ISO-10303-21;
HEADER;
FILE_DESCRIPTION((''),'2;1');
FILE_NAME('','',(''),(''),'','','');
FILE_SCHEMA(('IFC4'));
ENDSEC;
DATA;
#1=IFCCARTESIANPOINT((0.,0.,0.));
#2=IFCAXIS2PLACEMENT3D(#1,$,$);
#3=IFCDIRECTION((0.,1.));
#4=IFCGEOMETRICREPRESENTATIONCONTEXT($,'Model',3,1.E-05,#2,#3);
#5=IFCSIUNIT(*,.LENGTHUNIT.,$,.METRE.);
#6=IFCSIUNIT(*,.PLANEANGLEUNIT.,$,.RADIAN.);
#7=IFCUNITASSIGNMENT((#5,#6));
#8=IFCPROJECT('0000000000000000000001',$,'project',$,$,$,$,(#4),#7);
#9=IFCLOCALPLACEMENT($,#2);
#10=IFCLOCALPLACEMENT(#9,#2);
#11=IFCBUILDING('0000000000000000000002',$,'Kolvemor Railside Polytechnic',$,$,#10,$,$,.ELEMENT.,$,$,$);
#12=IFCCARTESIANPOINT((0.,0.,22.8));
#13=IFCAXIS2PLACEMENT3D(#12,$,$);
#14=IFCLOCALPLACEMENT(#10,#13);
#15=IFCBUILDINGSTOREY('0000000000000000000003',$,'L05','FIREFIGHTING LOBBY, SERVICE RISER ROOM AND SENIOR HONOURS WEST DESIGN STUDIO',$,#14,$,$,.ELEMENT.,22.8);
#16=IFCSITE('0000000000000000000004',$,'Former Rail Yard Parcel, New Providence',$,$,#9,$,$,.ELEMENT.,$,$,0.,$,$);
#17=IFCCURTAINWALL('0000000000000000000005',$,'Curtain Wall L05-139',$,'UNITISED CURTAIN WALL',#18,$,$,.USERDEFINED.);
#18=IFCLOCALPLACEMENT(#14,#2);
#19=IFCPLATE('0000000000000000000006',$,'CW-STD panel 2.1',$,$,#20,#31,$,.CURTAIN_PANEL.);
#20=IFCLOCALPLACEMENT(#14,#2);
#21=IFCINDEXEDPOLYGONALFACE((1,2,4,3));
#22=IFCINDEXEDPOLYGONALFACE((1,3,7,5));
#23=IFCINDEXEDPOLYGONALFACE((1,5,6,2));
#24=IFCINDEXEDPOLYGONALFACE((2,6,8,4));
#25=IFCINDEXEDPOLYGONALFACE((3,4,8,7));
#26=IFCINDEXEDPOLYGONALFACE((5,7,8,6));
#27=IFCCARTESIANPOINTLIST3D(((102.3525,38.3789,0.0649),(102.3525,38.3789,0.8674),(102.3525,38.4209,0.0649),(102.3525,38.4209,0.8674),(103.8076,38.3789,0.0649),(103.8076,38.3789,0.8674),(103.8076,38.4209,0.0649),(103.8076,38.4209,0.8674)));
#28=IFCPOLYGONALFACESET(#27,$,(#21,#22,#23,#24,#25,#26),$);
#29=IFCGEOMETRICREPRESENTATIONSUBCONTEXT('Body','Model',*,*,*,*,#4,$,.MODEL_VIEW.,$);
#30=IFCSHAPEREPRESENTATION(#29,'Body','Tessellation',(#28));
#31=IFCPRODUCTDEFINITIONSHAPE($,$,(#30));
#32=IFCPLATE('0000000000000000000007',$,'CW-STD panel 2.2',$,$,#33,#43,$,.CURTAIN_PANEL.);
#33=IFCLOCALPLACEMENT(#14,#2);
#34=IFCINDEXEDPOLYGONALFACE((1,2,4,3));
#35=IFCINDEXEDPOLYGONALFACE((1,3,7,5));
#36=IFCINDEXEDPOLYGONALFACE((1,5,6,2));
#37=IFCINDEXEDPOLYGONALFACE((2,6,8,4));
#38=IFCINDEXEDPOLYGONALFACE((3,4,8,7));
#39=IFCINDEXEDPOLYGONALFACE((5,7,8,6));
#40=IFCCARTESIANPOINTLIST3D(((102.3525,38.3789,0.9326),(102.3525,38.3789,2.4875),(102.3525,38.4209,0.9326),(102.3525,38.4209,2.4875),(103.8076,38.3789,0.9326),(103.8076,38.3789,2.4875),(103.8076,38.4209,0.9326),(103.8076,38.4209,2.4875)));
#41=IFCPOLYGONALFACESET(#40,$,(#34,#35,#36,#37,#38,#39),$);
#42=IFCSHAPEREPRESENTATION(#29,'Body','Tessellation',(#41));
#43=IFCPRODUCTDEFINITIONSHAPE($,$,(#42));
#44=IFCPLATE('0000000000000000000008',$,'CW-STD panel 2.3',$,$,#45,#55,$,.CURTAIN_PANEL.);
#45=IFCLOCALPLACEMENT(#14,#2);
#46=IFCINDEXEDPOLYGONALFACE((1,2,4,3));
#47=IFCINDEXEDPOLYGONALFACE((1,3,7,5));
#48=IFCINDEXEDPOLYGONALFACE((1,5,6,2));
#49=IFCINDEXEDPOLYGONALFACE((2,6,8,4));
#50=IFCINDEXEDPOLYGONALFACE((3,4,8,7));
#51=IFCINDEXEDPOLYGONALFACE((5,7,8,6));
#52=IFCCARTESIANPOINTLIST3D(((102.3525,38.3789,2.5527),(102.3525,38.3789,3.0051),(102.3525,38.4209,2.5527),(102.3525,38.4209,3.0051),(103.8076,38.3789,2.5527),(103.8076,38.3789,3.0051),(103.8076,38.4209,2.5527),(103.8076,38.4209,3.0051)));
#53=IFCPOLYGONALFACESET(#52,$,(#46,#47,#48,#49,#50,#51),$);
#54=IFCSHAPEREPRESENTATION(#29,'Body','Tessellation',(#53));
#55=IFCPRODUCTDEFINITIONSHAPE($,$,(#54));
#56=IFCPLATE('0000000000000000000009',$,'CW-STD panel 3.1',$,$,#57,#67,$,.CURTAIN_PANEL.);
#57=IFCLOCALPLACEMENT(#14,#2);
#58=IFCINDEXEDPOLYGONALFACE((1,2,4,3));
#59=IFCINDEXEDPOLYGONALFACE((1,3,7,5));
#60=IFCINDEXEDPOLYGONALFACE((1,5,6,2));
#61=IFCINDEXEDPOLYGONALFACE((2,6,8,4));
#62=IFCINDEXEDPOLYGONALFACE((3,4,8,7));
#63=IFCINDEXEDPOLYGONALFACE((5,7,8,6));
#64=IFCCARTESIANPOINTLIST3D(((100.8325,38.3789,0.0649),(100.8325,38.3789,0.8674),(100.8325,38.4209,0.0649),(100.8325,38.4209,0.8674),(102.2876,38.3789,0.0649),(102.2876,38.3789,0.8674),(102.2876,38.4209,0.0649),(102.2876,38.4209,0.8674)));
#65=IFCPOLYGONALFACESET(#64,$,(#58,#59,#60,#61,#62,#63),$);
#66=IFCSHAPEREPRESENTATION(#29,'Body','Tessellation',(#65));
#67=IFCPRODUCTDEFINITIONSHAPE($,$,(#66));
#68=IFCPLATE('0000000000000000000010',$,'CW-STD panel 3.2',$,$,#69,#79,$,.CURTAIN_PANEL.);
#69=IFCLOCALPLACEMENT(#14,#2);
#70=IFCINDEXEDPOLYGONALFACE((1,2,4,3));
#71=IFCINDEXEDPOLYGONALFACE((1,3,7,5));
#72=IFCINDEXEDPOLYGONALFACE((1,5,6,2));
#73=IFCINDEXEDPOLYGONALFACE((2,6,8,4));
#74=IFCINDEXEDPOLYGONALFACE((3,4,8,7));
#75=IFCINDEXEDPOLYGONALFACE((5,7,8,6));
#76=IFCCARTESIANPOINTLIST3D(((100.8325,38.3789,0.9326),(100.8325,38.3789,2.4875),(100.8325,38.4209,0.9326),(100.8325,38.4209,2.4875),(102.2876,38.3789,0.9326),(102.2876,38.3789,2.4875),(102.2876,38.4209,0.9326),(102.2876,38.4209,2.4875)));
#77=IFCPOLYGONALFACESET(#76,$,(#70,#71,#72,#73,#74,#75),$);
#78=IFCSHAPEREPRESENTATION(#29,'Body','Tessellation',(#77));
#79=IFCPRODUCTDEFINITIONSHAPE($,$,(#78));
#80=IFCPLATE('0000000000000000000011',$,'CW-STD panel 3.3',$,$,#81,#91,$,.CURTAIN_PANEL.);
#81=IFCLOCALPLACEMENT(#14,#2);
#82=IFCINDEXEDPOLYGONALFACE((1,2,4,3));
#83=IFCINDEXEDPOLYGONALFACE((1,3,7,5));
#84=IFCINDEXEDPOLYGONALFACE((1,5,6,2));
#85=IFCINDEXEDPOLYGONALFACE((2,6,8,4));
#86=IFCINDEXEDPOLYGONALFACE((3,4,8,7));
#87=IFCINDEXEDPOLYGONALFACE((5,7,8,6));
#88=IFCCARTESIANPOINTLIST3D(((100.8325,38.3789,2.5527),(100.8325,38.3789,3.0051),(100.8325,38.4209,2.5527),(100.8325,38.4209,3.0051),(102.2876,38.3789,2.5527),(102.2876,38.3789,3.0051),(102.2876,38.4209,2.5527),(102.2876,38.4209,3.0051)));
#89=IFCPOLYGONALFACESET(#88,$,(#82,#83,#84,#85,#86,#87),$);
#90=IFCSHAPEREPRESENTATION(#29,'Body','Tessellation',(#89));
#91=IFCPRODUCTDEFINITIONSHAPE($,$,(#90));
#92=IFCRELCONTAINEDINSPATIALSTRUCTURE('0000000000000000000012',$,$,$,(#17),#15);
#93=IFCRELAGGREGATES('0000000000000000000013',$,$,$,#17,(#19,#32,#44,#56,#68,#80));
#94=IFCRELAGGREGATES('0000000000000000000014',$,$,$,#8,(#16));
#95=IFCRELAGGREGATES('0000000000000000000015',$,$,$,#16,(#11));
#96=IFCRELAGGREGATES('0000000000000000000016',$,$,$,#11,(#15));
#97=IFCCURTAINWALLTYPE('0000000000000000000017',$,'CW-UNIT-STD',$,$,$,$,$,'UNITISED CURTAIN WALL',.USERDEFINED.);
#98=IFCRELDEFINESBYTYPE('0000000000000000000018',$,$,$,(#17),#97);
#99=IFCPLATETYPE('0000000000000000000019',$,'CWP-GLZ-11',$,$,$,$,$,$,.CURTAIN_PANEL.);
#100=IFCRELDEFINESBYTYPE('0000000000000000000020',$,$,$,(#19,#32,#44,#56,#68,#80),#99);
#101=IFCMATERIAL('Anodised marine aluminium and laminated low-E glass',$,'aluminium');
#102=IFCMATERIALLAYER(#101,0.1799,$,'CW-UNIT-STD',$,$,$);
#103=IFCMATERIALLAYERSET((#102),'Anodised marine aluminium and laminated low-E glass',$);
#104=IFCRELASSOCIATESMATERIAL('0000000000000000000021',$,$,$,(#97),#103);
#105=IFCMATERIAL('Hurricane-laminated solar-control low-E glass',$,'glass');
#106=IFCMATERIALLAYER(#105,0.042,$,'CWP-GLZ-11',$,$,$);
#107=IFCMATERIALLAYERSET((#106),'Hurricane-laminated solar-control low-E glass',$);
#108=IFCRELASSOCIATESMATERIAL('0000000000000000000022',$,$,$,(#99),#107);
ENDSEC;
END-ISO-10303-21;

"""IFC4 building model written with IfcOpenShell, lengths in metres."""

from ifc_helpers import new_model, si_unit, direction, frame, origin, origin_2d, place, context, subcontext, project, spatial, rectangle, extrude, material, layer, layer_set, type_object, element, aggregate, save


model = new_model("IFC4")

# Units and contexts
model_context = context("Model", 3, precision=1e-05, world=origin(), true_north=direction((0.0, 1.0)))
body_context = subcontext(model_context, "Body", "Model", "MODEL_VIEW")
ifc_project = project(units=[si_unit("LENGTHUNIT", "METRE"), si_unit("PLANEANGLEUNIT", "RADIAN")], contexts=[model_context])

# Site, building, storey
site_placement = place(None, origin())
site = spatial("IfcSite", under=ifc_project, at=site_placement, Name="Former Rail Yard Parcel, New Providence", CompositionType="ELEMENT", RefElevation=0.0)
building_placement = place(site_placement, origin())
building = spatial("IfcBuilding", under=site, at=building_placement, Name="Kolvemor Railside Polytechnic", CompositionType="ELEMENT")
storey_placement = place(building_placement, frame((0.0, 0.0, 22.8)))
storey = spatial("IfcBuildingStorey", under=building, at=storey_placement, Name="L05", Description="FIREFIGHTING LOBBY, SERVICE RISER ROOM AND SENIOR HONOURS WEST DESIGN STUDIO", CompositionType="ELEMENT", Elevation=22.8)

# Curtain wall, plates
ifc_material_1 = material(Name="Anodised marine aluminium and laminated low-E glass", Category="aluminium")
ifc_layer_1 = layer(ifc_material_1, 0.1799, Name="CW-UNIT-STD")
ifc_layer_set_1 = layer_set([ifc_layer_1], Name="Anodised marine aluminium and laminated low-E glass")
curtain_wall_type = type_object("IfcCurtainWallType", Name="CW-UNIT-STD", ElementType="UNITISED CURTAIN WALL", PredefinedType="USERDEFINED", material=ifc_layer_set_1)
curtain_wall_placement = place(storey_placement, origin())
curtain_wall = element("IfcCurtainWall", 1, at=curtain_wall_placement, inside=storey, type_object=curtain_wall_type, Name="Curtain Wall L05-139", ObjectType="UNITISED CURTAIN WALL", PredefinedType="USERDEFINED")
ifc_material_2 = material(Name="Hurricane-laminated solar-control low-E glass", Category="glass")
ifc_layer_2 = layer(ifc_material_2, 0.042, Name="CWP-GLZ-11")
ifc_layer_set_2 = layer_set([ifc_layer_2], Name="Hurricane-laminated solar-control low-E glass")
plate_type = type_object("IfcPlateType", Name="CWP-GLZ-11", PredefinedType="CURTAIN_PANEL", material=ifc_layer_set_2)
plate_1_placement = place(storey_placement, frame((103.0801, 38.3999, 0.0649), z_axis=(0.0, 0.0, 1.0), x_axis=(-1.0, 0.0, 0.0)))
plate_1 = element("IfcPlate", 2, at=plate_1_placement, type_object=plate_type, Name="CW-STD panel 2.1", PredefinedType="CURTAIN_PANEL", context=body_context, shape_type="SweptSolid", body=[
    extrude(rectangle(XDim=1.4551, YDim=0.042, at=origin_2d()), origin(), (0.0, 0.0, 1.0), 0.8025),
])
plate_2_placement = place(storey_placement, frame((103.0801, 38.3999, 0.9326), z_axis=(0.0, 0.0, 1.0), x_axis=(-1.0, 0.0, 0.0)))
plate_2 = element("IfcPlate", 3, at=plate_2_placement, type_object=plate_type, Name="CW-STD panel 2.2", PredefinedType="CURTAIN_PANEL", context=body_context, shape_type="SweptSolid", body=[
    extrude(rectangle(XDim=1.4551, YDim=0.042, at=origin_2d()), origin(), (0.0, 0.0, 1.0), 1.5549),
])
plate_3_placement = place(storey_placement, frame((103.0801, 38.3999, 2.5527), z_axis=(0.0, 0.0, 1.0), x_axis=(-1.0, 0.0, 0.0)))
plate_3 = element("IfcPlate", 4, at=plate_3_placement, type_object=plate_type, Name="CW-STD panel 2.3", PredefinedType="CURTAIN_PANEL", context=body_context, shape_type="SweptSolid", body=[
    extrude(rectangle(XDim=1.4551, YDim=0.042, at=origin_2d()), origin(), (0.0, 0.0, 1.0), 0.4524),
])
plate_4_placement = place(storey_placement, frame((101.5601, 38.3999, 0.0649), z_axis=(0.0, 0.0, 1.0), x_axis=(-1.0, 0.0, 0.0)))
plate_4 = element("IfcPlate", 5, at=plate_4_placement, type_object=plate_type, Name="CW-STD panel 3.1", PredefinedType="CURTAIN_PANEL", context=body_context, shape_type="SweptSolid", body=[
    extrude(rectangle(XDim=1.4551, YDim=0.042, at=origin_2d()), origin(), (0.0, 0.0, 1.0), 0.8025),
])
plate_5_placement = place(storey_placement, frame((101.5601, 38.3999, 0.9326), z_axis=(0.0, 0.0, 1.0), x_axis=(-1.0, 0.0, 0.0)))
plate_5 = element("IfcPlate", 6, at=plate_5_placement, type_object=plate_type, Name="CW-STD panel 3.2", PredefinedType="CURTAIN_PANEL", context=body_context, shape_type="SweptSolid", body=[
    extrude(rectangle(XDim=1.4551, YDim=0.042, at=origin_2d()), origin(), (0.0, 0.0, 1.0), 1.5549),
])
plate_6_placement = place(storey_placement, frame((101.5601, 38.3999, 2.5527), z_axis=(0.0, 0.0, 1.0), x_axis=(-1.0, 0.0, 0.0)))
plate_6 = element("IfcPlate", 7, at=plate_6_placement, type_object=plate_type, Name="CW-STD panel 3.3", PredefinedType="CURTAIN_PANEL", context=body_context, shape_type="SweptSolid", body=[
    extrude(rectangle(XDim=1.4551, YDim=0.042, at=origin_2d()), origin(), (0.0, 0.0, 1.0), 0.4524),
])
aggregate(curtain_wall, [plate_1, plate_2, plate_3, plate_4, plate_5, plate_6])

save(model, "model.ifc")
